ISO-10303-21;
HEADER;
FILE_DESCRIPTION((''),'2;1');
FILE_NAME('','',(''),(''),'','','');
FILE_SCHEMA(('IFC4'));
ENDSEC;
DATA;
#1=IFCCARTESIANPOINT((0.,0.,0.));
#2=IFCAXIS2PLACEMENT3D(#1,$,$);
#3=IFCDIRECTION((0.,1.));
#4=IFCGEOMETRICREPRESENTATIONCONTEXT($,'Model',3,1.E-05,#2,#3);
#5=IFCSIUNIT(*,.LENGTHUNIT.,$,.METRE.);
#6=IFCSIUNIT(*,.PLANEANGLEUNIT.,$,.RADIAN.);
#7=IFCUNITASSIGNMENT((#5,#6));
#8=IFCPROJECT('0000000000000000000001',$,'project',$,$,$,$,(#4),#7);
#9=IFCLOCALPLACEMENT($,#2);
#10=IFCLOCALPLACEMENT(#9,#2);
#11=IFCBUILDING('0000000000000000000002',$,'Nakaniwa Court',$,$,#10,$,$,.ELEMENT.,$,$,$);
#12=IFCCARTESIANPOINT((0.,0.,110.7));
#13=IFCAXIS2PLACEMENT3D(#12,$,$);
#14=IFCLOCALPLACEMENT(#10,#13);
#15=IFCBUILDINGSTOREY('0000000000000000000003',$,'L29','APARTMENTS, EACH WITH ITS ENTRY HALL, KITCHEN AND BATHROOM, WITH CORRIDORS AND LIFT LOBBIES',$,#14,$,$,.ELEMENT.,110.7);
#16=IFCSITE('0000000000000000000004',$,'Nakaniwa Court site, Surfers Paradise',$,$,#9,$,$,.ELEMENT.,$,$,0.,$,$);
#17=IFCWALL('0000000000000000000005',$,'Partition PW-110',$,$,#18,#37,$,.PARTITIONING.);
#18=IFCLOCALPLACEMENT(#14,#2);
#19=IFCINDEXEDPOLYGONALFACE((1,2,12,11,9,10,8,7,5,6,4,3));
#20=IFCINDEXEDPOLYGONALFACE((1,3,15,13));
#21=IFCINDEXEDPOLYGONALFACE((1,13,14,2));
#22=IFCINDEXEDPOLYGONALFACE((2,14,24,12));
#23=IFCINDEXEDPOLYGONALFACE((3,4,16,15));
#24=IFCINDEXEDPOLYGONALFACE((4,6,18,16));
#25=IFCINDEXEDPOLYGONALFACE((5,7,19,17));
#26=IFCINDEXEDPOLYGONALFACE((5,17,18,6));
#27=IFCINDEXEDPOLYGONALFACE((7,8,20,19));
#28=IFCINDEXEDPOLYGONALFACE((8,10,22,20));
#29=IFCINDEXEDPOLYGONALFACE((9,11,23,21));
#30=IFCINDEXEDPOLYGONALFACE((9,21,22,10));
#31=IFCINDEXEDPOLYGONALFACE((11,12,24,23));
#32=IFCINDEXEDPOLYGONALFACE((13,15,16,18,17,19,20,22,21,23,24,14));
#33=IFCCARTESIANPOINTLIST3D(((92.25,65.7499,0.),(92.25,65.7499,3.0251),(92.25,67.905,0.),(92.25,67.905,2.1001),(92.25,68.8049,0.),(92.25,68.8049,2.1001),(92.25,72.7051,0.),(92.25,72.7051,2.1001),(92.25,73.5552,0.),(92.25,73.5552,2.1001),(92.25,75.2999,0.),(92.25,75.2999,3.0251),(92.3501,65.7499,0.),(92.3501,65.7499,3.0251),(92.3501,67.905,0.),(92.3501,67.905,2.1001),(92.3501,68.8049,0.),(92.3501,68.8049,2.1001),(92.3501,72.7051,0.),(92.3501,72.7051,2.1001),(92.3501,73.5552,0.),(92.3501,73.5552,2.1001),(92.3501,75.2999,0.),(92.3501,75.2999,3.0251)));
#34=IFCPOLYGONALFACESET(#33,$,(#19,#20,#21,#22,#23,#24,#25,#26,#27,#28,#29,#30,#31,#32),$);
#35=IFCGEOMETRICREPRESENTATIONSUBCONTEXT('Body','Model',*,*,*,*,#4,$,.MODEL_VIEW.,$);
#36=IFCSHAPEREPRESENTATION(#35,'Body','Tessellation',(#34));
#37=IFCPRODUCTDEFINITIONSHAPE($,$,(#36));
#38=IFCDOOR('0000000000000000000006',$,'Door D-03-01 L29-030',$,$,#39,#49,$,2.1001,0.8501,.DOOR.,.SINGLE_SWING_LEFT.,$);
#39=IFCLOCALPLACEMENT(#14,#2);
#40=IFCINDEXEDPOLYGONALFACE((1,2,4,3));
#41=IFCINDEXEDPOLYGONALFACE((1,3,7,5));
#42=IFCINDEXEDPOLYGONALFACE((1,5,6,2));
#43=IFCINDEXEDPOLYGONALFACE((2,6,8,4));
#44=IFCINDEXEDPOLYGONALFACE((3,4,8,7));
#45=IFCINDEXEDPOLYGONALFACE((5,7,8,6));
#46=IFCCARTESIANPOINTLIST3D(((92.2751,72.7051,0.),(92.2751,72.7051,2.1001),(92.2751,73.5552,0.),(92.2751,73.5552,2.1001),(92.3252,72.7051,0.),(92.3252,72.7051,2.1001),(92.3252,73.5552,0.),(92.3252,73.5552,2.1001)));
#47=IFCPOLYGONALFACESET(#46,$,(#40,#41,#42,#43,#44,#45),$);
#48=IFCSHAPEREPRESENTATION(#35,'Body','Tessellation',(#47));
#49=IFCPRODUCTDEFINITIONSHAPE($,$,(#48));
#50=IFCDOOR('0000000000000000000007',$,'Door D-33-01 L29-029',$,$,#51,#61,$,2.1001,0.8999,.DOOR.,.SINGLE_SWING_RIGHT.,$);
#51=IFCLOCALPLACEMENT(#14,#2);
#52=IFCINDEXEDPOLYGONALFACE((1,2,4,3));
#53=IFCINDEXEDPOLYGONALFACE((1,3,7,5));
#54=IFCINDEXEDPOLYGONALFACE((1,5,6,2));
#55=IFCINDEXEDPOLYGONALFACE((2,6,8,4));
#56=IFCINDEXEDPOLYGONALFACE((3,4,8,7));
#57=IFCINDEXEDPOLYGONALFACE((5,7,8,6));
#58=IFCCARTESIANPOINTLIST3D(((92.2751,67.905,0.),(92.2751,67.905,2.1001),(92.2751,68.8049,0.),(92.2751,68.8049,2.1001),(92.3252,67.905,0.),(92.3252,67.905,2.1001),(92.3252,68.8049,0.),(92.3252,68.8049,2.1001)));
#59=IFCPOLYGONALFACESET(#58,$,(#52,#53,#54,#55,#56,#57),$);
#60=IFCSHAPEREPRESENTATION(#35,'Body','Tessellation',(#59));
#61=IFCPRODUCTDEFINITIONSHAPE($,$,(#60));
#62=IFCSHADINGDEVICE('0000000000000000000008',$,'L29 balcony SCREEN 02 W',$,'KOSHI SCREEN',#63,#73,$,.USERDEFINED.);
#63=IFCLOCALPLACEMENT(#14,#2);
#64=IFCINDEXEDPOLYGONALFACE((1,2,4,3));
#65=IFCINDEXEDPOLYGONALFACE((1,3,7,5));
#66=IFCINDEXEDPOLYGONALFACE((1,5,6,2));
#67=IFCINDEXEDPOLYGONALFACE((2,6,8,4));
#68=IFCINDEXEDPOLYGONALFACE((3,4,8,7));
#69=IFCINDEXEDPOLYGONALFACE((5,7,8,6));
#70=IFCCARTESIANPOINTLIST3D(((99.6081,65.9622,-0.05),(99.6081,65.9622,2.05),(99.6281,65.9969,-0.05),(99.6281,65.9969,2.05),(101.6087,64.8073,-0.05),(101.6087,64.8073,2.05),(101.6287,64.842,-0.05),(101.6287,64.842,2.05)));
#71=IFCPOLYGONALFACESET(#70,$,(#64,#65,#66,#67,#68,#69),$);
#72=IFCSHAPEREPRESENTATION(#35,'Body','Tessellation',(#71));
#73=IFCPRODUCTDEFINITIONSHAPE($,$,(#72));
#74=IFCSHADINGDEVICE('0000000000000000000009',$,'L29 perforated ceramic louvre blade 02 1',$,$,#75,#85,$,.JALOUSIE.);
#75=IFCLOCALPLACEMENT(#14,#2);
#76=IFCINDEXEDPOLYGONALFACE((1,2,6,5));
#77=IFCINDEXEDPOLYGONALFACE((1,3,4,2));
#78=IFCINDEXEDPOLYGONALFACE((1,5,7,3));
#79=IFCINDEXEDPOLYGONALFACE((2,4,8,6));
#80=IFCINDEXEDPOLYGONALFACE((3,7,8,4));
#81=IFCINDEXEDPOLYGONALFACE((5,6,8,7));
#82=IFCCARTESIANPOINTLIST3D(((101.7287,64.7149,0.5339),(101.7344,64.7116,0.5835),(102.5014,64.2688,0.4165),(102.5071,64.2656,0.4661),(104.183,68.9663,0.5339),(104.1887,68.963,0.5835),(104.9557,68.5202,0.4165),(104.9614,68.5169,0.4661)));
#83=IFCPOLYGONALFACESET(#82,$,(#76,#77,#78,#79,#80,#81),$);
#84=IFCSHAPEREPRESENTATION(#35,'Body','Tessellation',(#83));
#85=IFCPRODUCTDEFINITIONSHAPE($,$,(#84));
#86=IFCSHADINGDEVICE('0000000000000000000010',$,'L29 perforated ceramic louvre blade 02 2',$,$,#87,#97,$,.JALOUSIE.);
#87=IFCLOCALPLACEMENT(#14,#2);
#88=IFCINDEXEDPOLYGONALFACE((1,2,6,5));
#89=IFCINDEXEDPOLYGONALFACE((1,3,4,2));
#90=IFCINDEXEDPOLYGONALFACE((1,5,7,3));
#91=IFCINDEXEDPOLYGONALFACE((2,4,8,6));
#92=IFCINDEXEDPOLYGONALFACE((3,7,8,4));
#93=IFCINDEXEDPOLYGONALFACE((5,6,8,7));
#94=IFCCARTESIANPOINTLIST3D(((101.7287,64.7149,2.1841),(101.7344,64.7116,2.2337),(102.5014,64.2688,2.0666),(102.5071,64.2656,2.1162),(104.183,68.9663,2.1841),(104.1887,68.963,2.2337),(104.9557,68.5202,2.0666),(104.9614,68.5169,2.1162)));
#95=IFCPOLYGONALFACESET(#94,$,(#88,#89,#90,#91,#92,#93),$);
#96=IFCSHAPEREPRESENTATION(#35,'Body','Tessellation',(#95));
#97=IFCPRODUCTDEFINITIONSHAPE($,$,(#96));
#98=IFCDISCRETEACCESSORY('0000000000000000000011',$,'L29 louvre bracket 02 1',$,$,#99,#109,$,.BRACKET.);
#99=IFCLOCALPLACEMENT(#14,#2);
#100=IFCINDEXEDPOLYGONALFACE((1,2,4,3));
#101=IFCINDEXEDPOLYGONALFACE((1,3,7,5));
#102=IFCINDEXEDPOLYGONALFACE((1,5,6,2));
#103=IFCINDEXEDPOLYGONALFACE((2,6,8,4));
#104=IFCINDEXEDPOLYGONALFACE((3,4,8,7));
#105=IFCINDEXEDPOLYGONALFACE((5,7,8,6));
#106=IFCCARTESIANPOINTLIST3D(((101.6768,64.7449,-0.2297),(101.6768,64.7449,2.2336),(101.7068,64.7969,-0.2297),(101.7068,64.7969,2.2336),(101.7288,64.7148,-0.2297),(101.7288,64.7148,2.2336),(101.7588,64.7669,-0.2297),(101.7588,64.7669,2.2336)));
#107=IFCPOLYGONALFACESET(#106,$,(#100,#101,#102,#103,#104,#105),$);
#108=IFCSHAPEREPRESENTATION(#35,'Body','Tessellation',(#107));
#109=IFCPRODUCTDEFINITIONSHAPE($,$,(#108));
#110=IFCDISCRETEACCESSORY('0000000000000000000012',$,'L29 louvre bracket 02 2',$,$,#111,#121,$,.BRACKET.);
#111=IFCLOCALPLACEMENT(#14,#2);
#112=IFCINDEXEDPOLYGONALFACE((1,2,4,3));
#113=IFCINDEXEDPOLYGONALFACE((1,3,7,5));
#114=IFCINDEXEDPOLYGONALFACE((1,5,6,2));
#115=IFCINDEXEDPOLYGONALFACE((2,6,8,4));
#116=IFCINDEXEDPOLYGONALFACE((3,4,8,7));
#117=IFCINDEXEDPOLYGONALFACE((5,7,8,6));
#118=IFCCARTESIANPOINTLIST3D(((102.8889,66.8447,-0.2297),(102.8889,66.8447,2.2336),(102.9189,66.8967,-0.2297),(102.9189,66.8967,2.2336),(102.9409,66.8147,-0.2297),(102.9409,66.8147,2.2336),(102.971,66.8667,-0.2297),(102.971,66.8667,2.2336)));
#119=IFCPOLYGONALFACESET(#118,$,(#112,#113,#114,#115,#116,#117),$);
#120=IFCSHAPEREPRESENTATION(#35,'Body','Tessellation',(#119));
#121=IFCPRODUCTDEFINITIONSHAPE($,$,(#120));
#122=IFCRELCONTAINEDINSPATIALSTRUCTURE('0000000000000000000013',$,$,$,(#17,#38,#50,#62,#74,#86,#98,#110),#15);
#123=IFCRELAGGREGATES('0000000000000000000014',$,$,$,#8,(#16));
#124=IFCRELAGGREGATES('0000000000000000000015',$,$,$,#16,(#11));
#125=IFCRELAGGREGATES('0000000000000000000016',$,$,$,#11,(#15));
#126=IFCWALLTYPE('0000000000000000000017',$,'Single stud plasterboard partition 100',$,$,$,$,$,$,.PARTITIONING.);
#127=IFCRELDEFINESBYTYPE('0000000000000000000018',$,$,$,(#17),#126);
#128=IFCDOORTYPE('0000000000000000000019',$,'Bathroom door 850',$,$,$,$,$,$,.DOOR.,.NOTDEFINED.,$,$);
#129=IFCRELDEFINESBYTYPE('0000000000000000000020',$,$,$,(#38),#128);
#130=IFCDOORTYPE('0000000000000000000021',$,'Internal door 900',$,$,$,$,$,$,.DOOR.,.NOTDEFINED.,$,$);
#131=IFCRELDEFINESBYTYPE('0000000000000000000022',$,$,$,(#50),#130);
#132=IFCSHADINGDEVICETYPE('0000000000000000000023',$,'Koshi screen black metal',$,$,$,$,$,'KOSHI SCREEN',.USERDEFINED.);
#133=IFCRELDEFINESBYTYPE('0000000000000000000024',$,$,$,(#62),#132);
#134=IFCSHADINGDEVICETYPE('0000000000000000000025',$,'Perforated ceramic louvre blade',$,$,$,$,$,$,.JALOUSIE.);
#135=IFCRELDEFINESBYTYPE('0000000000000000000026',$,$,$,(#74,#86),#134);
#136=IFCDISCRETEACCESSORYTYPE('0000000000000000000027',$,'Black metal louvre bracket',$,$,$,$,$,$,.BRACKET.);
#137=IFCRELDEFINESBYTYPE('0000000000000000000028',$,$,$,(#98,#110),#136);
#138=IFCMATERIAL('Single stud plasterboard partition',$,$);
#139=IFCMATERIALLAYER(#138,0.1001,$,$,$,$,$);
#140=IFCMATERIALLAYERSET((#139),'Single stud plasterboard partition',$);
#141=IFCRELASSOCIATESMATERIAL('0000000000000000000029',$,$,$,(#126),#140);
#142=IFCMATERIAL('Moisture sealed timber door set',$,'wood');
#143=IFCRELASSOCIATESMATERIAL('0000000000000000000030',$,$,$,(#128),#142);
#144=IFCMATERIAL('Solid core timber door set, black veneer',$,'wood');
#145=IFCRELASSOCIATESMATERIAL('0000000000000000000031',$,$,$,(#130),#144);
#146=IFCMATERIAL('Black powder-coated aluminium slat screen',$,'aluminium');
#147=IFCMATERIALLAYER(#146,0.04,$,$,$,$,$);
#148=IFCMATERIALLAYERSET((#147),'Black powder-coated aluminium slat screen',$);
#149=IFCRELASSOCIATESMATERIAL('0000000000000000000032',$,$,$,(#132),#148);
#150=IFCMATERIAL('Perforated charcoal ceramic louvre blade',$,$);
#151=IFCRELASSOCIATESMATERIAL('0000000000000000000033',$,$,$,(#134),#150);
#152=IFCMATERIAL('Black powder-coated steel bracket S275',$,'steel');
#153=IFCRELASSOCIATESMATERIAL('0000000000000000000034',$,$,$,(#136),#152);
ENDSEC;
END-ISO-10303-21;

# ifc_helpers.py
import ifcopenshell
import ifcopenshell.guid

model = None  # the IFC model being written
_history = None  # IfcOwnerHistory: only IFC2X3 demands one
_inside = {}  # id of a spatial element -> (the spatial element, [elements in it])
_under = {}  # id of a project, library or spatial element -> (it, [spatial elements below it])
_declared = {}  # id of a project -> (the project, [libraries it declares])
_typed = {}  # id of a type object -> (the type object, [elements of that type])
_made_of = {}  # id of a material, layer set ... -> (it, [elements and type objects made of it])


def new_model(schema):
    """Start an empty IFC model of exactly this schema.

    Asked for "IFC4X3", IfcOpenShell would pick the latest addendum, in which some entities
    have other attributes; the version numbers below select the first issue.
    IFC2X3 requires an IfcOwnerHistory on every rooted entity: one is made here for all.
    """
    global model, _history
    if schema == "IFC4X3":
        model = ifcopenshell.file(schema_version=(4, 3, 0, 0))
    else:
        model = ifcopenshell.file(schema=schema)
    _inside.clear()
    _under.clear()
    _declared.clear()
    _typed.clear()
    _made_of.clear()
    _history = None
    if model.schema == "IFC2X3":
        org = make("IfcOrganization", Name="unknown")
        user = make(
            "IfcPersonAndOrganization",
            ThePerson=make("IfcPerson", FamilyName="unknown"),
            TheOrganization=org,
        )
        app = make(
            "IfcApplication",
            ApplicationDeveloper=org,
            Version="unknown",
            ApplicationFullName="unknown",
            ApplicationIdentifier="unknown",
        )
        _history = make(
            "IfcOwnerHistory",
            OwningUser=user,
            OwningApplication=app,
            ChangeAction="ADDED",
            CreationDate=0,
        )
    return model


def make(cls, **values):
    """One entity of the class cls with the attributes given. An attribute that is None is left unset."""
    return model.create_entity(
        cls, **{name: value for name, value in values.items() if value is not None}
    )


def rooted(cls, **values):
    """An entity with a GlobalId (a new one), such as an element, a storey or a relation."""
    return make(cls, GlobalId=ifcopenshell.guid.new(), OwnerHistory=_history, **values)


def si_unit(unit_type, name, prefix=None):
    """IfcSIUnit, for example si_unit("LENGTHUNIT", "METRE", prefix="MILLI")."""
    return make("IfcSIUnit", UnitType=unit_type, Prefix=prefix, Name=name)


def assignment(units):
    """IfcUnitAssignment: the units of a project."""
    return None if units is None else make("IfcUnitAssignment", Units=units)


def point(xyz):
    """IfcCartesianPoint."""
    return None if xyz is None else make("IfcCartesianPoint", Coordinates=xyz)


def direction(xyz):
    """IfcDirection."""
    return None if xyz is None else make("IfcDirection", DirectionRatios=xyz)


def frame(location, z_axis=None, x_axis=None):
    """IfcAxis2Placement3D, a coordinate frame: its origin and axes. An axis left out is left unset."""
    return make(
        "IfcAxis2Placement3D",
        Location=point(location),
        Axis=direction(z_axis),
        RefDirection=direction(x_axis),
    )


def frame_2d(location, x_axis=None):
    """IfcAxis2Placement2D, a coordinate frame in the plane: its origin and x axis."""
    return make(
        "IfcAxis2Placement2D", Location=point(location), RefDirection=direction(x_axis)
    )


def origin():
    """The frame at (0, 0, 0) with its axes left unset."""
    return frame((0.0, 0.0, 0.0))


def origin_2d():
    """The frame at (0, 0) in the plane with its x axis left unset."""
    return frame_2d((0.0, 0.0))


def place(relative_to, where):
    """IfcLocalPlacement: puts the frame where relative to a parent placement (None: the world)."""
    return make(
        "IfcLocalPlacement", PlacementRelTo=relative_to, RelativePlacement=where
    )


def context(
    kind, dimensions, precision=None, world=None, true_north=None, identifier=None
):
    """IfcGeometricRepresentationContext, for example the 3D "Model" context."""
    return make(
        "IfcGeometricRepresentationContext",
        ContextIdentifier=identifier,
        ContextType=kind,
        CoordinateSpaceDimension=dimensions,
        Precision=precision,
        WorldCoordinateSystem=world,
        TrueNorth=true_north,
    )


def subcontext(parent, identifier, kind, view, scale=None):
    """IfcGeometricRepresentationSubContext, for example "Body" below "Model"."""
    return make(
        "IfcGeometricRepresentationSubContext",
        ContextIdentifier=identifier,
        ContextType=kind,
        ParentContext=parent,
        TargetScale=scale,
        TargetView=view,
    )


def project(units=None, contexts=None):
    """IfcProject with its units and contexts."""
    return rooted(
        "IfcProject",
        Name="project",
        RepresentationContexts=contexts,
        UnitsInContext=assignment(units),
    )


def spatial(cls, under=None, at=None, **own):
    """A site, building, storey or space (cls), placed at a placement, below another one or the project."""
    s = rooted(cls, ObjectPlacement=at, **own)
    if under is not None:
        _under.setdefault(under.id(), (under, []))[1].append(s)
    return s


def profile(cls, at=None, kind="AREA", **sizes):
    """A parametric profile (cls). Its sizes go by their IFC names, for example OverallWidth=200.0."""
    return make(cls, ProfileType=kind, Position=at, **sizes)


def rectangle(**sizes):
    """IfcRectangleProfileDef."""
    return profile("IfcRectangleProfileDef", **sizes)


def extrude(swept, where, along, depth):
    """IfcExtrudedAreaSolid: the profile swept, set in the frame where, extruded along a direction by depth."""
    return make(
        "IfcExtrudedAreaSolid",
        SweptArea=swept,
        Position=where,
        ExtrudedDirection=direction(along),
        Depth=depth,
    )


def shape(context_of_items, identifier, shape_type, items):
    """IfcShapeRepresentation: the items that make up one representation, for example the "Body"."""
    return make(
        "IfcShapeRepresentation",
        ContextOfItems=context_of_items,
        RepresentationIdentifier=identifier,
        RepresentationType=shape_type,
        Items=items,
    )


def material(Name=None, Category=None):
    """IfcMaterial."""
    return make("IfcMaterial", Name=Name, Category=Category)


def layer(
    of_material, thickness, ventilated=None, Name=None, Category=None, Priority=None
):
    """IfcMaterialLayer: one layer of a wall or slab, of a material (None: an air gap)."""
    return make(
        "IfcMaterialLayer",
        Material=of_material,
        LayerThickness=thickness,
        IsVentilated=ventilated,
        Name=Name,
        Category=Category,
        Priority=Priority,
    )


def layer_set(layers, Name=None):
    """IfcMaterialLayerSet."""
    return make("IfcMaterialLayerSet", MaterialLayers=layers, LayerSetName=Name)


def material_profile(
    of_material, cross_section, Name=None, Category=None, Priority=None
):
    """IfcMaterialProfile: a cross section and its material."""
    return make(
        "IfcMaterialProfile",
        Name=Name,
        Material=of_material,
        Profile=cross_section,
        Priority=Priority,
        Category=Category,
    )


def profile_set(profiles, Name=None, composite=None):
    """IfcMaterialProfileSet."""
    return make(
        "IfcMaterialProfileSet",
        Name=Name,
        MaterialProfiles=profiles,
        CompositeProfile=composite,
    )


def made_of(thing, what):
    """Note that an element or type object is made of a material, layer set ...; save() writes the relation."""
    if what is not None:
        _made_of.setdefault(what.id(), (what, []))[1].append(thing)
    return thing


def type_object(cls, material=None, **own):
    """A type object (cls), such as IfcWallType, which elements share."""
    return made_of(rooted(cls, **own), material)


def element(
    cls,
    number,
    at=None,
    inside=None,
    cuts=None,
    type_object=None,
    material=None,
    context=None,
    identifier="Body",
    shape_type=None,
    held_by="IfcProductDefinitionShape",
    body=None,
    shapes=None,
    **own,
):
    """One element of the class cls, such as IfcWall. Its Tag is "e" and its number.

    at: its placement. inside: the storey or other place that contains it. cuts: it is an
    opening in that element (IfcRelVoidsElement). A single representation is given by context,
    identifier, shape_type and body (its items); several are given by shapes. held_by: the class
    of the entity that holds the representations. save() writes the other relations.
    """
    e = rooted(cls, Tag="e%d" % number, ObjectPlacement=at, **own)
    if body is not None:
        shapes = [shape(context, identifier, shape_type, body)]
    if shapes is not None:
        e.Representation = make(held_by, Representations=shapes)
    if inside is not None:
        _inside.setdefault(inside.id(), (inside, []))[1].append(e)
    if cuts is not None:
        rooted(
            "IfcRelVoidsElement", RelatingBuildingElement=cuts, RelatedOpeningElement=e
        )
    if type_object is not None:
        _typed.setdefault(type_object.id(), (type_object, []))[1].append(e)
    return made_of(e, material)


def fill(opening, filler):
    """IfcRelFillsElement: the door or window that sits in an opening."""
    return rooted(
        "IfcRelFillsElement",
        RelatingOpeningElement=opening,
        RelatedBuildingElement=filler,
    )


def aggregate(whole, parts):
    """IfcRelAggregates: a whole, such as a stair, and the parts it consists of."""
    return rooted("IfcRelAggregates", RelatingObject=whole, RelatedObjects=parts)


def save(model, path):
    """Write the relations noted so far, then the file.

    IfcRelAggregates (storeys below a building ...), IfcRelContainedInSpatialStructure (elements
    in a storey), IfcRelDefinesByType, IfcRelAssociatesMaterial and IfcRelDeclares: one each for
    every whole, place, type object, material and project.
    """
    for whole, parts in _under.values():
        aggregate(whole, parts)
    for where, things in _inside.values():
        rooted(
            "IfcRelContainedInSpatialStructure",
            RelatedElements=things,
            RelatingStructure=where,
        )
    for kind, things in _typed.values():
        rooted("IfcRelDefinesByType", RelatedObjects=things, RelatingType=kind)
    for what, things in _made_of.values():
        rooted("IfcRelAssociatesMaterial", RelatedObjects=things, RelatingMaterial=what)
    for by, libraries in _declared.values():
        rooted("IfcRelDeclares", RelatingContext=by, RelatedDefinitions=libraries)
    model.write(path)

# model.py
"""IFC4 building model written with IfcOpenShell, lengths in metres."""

from ifc_helpers import new_model, si_unit, direction, frame, frame_2d, origin, origin_2d, place, context, subcontext, project, spatial, rectangle, extrude, material, layer, layer_set, material_profile, profile_set, type_object, element, fill, save


model = new_model("IFC4")

# Units and contexts
model_context = context("Model", 3, precision=1e-05, world=origin(), true_north=direction((0.0, 1.0)))
body_context = subcontext(model_context, "Body", "Model", "MODEL_VIEW")
ifc_project = project(units=[si_unit("LENGTHUNIT", "METRE"), si_unit("PLANEANGLEUNIT", "RADIAN")], contexts=[model_context])

# Site, building, storey
site_placement = place(None, origin())
site = spatial("IfcSite", under=ifc_project, at=site_placement, Name="Nakaniwa Court site, Surfers Paradise", CompositionType="ELEMENT", RefElevation=0.0)
building_placement = place(site_placement, origin())
building = spatial("IfcBuilding", under=site, at=building_placement, Name="Nakaniwa Court", CompositionType="ELEMENT")
storey_placement = place(building_placement, frame((0.0, 0.0, 110.7)))
storey = spatial("IfcBuildingStorey", under=building, at=storey_placement, Name="L29", Description="APARTMENTS, EACH WITH ITS ENTRY HALL, KITCHEN AND BATHROOM, WITH CORRIDORS AND LIFT LOBBIES", CompositionType="ELEMENT", Elevation=110.7)

# Wall, openings, doors
ifc_material_1 = material(Name="Single stud plasterboard partition")
ifc_layer_1 = layer(ifc_material_1, 0.1001)
ifc_layer_set_1 = layer_set([ifc_layer_1], Name="Single stud plasterboard partition")
wall_type_1 = type_object("IfcWallType", Name="Single stud plasterboard partition 100", PredefinedType="PARTITIONING", material=ifc_layer_set_1)
wall_1_placement = place(storey_placement, frame((92.3, 65.75, 0.0), z_axis=(0.0, 0.0, 1.0), x_axis=(0.0, 1.0, 0.0)))
wall_1 = element("IfcWall", 1, at=wall_1_placement, inside=storey, type_object=wall_type_1, Name="Partition PW-110", PredefinedType="PARTITIONING", context=body_context, shape_type="SweptSolid", body=[
    extrude(rectangle(XDim=9.55, YDim=0.1001, at=frame_2d((4.7749, 0.0))), origin(), (0.0, 0.0, 1.0), 3.0251),
])
opening_1_placement = place(wall_1_placement, frame((2.155, 0.0, 0.0)))
opening_1 = element("IfcOpeningElement", 2, at=opening_1_placement, cuts=wall_1, PredefinedType="OPENING", context=body_context, shape_type="SweptSolid", body=[
    extrude(rectangle(XDim=0.8999, YDim=2.1001, at=frame_2d((0.45, 1.05))), frame((0.0, 0.0601, 0.0), z_axis=(0.0, -1.0, 0.0), x_axis=(1.0, 0.0, 0.0)), (0.0, 0.0, 1.0), 0.1201),
])
opening_2_placement = place(wall_1_placement, frame((6.9551, 0.0, 0.0)))
opening_2 = element("IfcOpeningElement", 3, at=opening_2_placement, cuts=wall_1, PredefinedType="OPENING", context=body_context, shape_type="SweptSolid", body=[
    extrude(rectangle(XDim=0.8501, YDim=2.1001, at=frame_2d((0.425, 1.05))), frame((0.0, 0.0601, 0.0), z_axis=(0.0, -1.0, 0.0), x_axis=(1.0, 0.0, 0.0)), (0.0, 0.0, 1.0), 0.1201),
])
ifc_material_2 = material(Name="Moisture sealed timber door set", Category="wood")
door_type_1 = type_object("IfcDoorType", Name="Bathroom door 850", OperationType="NOTDEFINED", PredefinedType="DOOR", material=ifc_material_2)
door_1_placement = place(opening_2_placement, origin())
door_1 = element("IfcDoor", 4, at=door_1_placement, inside=storey, type_object=door_type_1, Name="Door D-03-01 L29-030", OperationType="SINGLE_SWING_LEFT", OverallHeight=2.1001, OverallWidth=0.8501, PredefinedType="DOOR", context=body_context, shape_type="SweptSolid", body=[
    extrude(rectangle(XDim=0.8501, YDim=2.1001, at=frame_2d((0.425, 1.05))), frame((0.0, 0.0249, 0.0), z_axis=(0.0, -1.0, 0.0), x_axis=(1.0, 0.0, 0.0)), (0.0, 0.0, 1.0), 0.05),
])
fill(opening_2, door_1)
ifc_material_3 = material(Name="Solid core timber door set, black veneer", Category="wood")
door_type_2 = type_object("IfcDoorType", Name="Internal door 900", OperationType="NOTDEFINED", PredefinedType="DOOR", material=ifc_material_3)
door_2_placement = place(opening_1_placement, origin())
door_2 = element("IfcDoor", 5, at=door_2_placement, inside=storey, type_object=door_type_2, Name="Door D-33-01 L29-029", OperationType="SINGLE_SWING_RIGHT", OverallHeight=2.1001, OverallWidth=0.8999, PredefinedType="DOOR", context=body_context, shape_type="SweptSolid", body=[
    extrude(rectangle(XDim=0.8999, YDim=2.1001, at=frame_2d((0.45, 1.05))), frame((0.0, 0.0249, 0.0), z_axis=(0.0, -1.0, 0.0), x_axis=(1.0, 0.0, 0.0)), (0.0, 0.0, 1.0), 0.05),
])
fill(opening_1, door_2)

# Shading devices
ifc_material_4 = material(Name="Black powder-coated aluminium slat screen", Category="aluminium")
ifc_layer_2 = layer(ifc_material_4, 0.04)
ifc_layer_set_2 = layer_set([ifc_layer_2], Name="Black powder-coated aluminium slat screen")
shading_device_type_1 = type_object("IfcShadingDeviceType", Name="Koshi screen black metal", ElementType="KOSHI SCREEN", PredefinedType="USERDEFINED", material=ifc_layer_set_2)
shading_device_placement = place(storey_placement, frame((100.6184, 65.4021, -0.05), z_axis=(0.0, 0.0, 1.0), x_axis=(0.499974, 0.86604, 0.0)))
element("IfcShadingDevice", 6, at=shading_device_placement, inside=storey, type_object=shading_device_type_1, Name="L29 balcony SCREEN 02 W", ObjectType="KOSHI SCREEN", PredefinedType="USERDEFINED", context=body_context, shape_type="SweptSolid", body=[
    extrude(rectangle(XDim=0.04, YDim=2.3101, at=origin_2d()), origin(), (0.0, 0.0, 1.0), 2.1001),
])
ifc_material_5 = material(Name="Perforated charcoal ceramic louvre blade")
ifc_material_profile_1 = material_profile(ifc_material_5, rectangle(XDim=0.8999, YDim=0.05, at=origin_2d()), Name="Perforated ceramic louvre blade")
ifc_profile_set_1 = profile_set([ifc_material_profile_1], Name="Perforated charcoal ceramic louvre blade")
shading_device_type_2 = type_object("IfcShadingDeviceType", Name="Perforated ceramic louvre blade", PredefinedType="JALOUSIE", material=ifc_profile_set_1)
for number, where, z_axis, x_axis, name in (
    (7, (102.1179, 64.4902, 0.5), (0.499964, 0.866046, 0.0), (-0.858637, 0.495686, 0.130526), "L29 perforated ceramic louvre blade 02 1"),
    (8, (102.1179, 64.4902, 2.1501), (0.499964, 0.866046, 0.0), (-0.858637, 0.495686, 0.130526), "L29 perforated ceramic louvre blade 02 2"),
):
    element("IfcShadingDevice", number, at=place(storey_placement, frame(where, z_axis=z_axis, x_axis=x_axis)), inside=storey, type_object=shading_device_type_2, Name=name, PredefinedType="JALOUSIE", context=body_context, shape_type="SweptSolid", body=[
        extrude(rectangle(XDim=0.8999, YDim=0.05, at=origin_2d()), origin(), (0.0, 0.0, 1.0), 4.9089),
    ])

# Discrete accessories
ifc_material_6 = material(Name="Black powder-coated steel bracket S275", Category="steel")
discrete_accessory_type = type_object("IfcDiscreteAccessoryType", Name="Black metal louvre bracket", PredefinedType="BRACKET", material=ifc_material_6)
for number, where, z_axis, x_axis, name in (
    (9, (101.7178, 64.7559, -0.2297), (0.0, 0.0, 1.0), (0.499974, 0.86604, 0.0), "L29 louvre bracket 02 1"),
    (10, (102.9299, 66.8557, -0.2297), (0.0, 0.0, 1.0), (0.499974, 0.86604, 0.0), "L29 louvre bracket 02 2"),
):
    element("IfcDiscreteAccessory", number, at=place(storey_placement, frame(where, z_axis=z_axis, x_axis=x_axis)), inside=storey, type_object=discrete_accessory_type, Name=name, PredefinedType="BRACKET", context=body_context, shape_type="SweptSolid", body=[
        extrude(rectangle(XDim=0.0601, YDim=0.0601, at=origin_2d()), origin(), (0.0, 0.0, 1.0), 2.4634),
    ])

save(model, "model.ifc")
